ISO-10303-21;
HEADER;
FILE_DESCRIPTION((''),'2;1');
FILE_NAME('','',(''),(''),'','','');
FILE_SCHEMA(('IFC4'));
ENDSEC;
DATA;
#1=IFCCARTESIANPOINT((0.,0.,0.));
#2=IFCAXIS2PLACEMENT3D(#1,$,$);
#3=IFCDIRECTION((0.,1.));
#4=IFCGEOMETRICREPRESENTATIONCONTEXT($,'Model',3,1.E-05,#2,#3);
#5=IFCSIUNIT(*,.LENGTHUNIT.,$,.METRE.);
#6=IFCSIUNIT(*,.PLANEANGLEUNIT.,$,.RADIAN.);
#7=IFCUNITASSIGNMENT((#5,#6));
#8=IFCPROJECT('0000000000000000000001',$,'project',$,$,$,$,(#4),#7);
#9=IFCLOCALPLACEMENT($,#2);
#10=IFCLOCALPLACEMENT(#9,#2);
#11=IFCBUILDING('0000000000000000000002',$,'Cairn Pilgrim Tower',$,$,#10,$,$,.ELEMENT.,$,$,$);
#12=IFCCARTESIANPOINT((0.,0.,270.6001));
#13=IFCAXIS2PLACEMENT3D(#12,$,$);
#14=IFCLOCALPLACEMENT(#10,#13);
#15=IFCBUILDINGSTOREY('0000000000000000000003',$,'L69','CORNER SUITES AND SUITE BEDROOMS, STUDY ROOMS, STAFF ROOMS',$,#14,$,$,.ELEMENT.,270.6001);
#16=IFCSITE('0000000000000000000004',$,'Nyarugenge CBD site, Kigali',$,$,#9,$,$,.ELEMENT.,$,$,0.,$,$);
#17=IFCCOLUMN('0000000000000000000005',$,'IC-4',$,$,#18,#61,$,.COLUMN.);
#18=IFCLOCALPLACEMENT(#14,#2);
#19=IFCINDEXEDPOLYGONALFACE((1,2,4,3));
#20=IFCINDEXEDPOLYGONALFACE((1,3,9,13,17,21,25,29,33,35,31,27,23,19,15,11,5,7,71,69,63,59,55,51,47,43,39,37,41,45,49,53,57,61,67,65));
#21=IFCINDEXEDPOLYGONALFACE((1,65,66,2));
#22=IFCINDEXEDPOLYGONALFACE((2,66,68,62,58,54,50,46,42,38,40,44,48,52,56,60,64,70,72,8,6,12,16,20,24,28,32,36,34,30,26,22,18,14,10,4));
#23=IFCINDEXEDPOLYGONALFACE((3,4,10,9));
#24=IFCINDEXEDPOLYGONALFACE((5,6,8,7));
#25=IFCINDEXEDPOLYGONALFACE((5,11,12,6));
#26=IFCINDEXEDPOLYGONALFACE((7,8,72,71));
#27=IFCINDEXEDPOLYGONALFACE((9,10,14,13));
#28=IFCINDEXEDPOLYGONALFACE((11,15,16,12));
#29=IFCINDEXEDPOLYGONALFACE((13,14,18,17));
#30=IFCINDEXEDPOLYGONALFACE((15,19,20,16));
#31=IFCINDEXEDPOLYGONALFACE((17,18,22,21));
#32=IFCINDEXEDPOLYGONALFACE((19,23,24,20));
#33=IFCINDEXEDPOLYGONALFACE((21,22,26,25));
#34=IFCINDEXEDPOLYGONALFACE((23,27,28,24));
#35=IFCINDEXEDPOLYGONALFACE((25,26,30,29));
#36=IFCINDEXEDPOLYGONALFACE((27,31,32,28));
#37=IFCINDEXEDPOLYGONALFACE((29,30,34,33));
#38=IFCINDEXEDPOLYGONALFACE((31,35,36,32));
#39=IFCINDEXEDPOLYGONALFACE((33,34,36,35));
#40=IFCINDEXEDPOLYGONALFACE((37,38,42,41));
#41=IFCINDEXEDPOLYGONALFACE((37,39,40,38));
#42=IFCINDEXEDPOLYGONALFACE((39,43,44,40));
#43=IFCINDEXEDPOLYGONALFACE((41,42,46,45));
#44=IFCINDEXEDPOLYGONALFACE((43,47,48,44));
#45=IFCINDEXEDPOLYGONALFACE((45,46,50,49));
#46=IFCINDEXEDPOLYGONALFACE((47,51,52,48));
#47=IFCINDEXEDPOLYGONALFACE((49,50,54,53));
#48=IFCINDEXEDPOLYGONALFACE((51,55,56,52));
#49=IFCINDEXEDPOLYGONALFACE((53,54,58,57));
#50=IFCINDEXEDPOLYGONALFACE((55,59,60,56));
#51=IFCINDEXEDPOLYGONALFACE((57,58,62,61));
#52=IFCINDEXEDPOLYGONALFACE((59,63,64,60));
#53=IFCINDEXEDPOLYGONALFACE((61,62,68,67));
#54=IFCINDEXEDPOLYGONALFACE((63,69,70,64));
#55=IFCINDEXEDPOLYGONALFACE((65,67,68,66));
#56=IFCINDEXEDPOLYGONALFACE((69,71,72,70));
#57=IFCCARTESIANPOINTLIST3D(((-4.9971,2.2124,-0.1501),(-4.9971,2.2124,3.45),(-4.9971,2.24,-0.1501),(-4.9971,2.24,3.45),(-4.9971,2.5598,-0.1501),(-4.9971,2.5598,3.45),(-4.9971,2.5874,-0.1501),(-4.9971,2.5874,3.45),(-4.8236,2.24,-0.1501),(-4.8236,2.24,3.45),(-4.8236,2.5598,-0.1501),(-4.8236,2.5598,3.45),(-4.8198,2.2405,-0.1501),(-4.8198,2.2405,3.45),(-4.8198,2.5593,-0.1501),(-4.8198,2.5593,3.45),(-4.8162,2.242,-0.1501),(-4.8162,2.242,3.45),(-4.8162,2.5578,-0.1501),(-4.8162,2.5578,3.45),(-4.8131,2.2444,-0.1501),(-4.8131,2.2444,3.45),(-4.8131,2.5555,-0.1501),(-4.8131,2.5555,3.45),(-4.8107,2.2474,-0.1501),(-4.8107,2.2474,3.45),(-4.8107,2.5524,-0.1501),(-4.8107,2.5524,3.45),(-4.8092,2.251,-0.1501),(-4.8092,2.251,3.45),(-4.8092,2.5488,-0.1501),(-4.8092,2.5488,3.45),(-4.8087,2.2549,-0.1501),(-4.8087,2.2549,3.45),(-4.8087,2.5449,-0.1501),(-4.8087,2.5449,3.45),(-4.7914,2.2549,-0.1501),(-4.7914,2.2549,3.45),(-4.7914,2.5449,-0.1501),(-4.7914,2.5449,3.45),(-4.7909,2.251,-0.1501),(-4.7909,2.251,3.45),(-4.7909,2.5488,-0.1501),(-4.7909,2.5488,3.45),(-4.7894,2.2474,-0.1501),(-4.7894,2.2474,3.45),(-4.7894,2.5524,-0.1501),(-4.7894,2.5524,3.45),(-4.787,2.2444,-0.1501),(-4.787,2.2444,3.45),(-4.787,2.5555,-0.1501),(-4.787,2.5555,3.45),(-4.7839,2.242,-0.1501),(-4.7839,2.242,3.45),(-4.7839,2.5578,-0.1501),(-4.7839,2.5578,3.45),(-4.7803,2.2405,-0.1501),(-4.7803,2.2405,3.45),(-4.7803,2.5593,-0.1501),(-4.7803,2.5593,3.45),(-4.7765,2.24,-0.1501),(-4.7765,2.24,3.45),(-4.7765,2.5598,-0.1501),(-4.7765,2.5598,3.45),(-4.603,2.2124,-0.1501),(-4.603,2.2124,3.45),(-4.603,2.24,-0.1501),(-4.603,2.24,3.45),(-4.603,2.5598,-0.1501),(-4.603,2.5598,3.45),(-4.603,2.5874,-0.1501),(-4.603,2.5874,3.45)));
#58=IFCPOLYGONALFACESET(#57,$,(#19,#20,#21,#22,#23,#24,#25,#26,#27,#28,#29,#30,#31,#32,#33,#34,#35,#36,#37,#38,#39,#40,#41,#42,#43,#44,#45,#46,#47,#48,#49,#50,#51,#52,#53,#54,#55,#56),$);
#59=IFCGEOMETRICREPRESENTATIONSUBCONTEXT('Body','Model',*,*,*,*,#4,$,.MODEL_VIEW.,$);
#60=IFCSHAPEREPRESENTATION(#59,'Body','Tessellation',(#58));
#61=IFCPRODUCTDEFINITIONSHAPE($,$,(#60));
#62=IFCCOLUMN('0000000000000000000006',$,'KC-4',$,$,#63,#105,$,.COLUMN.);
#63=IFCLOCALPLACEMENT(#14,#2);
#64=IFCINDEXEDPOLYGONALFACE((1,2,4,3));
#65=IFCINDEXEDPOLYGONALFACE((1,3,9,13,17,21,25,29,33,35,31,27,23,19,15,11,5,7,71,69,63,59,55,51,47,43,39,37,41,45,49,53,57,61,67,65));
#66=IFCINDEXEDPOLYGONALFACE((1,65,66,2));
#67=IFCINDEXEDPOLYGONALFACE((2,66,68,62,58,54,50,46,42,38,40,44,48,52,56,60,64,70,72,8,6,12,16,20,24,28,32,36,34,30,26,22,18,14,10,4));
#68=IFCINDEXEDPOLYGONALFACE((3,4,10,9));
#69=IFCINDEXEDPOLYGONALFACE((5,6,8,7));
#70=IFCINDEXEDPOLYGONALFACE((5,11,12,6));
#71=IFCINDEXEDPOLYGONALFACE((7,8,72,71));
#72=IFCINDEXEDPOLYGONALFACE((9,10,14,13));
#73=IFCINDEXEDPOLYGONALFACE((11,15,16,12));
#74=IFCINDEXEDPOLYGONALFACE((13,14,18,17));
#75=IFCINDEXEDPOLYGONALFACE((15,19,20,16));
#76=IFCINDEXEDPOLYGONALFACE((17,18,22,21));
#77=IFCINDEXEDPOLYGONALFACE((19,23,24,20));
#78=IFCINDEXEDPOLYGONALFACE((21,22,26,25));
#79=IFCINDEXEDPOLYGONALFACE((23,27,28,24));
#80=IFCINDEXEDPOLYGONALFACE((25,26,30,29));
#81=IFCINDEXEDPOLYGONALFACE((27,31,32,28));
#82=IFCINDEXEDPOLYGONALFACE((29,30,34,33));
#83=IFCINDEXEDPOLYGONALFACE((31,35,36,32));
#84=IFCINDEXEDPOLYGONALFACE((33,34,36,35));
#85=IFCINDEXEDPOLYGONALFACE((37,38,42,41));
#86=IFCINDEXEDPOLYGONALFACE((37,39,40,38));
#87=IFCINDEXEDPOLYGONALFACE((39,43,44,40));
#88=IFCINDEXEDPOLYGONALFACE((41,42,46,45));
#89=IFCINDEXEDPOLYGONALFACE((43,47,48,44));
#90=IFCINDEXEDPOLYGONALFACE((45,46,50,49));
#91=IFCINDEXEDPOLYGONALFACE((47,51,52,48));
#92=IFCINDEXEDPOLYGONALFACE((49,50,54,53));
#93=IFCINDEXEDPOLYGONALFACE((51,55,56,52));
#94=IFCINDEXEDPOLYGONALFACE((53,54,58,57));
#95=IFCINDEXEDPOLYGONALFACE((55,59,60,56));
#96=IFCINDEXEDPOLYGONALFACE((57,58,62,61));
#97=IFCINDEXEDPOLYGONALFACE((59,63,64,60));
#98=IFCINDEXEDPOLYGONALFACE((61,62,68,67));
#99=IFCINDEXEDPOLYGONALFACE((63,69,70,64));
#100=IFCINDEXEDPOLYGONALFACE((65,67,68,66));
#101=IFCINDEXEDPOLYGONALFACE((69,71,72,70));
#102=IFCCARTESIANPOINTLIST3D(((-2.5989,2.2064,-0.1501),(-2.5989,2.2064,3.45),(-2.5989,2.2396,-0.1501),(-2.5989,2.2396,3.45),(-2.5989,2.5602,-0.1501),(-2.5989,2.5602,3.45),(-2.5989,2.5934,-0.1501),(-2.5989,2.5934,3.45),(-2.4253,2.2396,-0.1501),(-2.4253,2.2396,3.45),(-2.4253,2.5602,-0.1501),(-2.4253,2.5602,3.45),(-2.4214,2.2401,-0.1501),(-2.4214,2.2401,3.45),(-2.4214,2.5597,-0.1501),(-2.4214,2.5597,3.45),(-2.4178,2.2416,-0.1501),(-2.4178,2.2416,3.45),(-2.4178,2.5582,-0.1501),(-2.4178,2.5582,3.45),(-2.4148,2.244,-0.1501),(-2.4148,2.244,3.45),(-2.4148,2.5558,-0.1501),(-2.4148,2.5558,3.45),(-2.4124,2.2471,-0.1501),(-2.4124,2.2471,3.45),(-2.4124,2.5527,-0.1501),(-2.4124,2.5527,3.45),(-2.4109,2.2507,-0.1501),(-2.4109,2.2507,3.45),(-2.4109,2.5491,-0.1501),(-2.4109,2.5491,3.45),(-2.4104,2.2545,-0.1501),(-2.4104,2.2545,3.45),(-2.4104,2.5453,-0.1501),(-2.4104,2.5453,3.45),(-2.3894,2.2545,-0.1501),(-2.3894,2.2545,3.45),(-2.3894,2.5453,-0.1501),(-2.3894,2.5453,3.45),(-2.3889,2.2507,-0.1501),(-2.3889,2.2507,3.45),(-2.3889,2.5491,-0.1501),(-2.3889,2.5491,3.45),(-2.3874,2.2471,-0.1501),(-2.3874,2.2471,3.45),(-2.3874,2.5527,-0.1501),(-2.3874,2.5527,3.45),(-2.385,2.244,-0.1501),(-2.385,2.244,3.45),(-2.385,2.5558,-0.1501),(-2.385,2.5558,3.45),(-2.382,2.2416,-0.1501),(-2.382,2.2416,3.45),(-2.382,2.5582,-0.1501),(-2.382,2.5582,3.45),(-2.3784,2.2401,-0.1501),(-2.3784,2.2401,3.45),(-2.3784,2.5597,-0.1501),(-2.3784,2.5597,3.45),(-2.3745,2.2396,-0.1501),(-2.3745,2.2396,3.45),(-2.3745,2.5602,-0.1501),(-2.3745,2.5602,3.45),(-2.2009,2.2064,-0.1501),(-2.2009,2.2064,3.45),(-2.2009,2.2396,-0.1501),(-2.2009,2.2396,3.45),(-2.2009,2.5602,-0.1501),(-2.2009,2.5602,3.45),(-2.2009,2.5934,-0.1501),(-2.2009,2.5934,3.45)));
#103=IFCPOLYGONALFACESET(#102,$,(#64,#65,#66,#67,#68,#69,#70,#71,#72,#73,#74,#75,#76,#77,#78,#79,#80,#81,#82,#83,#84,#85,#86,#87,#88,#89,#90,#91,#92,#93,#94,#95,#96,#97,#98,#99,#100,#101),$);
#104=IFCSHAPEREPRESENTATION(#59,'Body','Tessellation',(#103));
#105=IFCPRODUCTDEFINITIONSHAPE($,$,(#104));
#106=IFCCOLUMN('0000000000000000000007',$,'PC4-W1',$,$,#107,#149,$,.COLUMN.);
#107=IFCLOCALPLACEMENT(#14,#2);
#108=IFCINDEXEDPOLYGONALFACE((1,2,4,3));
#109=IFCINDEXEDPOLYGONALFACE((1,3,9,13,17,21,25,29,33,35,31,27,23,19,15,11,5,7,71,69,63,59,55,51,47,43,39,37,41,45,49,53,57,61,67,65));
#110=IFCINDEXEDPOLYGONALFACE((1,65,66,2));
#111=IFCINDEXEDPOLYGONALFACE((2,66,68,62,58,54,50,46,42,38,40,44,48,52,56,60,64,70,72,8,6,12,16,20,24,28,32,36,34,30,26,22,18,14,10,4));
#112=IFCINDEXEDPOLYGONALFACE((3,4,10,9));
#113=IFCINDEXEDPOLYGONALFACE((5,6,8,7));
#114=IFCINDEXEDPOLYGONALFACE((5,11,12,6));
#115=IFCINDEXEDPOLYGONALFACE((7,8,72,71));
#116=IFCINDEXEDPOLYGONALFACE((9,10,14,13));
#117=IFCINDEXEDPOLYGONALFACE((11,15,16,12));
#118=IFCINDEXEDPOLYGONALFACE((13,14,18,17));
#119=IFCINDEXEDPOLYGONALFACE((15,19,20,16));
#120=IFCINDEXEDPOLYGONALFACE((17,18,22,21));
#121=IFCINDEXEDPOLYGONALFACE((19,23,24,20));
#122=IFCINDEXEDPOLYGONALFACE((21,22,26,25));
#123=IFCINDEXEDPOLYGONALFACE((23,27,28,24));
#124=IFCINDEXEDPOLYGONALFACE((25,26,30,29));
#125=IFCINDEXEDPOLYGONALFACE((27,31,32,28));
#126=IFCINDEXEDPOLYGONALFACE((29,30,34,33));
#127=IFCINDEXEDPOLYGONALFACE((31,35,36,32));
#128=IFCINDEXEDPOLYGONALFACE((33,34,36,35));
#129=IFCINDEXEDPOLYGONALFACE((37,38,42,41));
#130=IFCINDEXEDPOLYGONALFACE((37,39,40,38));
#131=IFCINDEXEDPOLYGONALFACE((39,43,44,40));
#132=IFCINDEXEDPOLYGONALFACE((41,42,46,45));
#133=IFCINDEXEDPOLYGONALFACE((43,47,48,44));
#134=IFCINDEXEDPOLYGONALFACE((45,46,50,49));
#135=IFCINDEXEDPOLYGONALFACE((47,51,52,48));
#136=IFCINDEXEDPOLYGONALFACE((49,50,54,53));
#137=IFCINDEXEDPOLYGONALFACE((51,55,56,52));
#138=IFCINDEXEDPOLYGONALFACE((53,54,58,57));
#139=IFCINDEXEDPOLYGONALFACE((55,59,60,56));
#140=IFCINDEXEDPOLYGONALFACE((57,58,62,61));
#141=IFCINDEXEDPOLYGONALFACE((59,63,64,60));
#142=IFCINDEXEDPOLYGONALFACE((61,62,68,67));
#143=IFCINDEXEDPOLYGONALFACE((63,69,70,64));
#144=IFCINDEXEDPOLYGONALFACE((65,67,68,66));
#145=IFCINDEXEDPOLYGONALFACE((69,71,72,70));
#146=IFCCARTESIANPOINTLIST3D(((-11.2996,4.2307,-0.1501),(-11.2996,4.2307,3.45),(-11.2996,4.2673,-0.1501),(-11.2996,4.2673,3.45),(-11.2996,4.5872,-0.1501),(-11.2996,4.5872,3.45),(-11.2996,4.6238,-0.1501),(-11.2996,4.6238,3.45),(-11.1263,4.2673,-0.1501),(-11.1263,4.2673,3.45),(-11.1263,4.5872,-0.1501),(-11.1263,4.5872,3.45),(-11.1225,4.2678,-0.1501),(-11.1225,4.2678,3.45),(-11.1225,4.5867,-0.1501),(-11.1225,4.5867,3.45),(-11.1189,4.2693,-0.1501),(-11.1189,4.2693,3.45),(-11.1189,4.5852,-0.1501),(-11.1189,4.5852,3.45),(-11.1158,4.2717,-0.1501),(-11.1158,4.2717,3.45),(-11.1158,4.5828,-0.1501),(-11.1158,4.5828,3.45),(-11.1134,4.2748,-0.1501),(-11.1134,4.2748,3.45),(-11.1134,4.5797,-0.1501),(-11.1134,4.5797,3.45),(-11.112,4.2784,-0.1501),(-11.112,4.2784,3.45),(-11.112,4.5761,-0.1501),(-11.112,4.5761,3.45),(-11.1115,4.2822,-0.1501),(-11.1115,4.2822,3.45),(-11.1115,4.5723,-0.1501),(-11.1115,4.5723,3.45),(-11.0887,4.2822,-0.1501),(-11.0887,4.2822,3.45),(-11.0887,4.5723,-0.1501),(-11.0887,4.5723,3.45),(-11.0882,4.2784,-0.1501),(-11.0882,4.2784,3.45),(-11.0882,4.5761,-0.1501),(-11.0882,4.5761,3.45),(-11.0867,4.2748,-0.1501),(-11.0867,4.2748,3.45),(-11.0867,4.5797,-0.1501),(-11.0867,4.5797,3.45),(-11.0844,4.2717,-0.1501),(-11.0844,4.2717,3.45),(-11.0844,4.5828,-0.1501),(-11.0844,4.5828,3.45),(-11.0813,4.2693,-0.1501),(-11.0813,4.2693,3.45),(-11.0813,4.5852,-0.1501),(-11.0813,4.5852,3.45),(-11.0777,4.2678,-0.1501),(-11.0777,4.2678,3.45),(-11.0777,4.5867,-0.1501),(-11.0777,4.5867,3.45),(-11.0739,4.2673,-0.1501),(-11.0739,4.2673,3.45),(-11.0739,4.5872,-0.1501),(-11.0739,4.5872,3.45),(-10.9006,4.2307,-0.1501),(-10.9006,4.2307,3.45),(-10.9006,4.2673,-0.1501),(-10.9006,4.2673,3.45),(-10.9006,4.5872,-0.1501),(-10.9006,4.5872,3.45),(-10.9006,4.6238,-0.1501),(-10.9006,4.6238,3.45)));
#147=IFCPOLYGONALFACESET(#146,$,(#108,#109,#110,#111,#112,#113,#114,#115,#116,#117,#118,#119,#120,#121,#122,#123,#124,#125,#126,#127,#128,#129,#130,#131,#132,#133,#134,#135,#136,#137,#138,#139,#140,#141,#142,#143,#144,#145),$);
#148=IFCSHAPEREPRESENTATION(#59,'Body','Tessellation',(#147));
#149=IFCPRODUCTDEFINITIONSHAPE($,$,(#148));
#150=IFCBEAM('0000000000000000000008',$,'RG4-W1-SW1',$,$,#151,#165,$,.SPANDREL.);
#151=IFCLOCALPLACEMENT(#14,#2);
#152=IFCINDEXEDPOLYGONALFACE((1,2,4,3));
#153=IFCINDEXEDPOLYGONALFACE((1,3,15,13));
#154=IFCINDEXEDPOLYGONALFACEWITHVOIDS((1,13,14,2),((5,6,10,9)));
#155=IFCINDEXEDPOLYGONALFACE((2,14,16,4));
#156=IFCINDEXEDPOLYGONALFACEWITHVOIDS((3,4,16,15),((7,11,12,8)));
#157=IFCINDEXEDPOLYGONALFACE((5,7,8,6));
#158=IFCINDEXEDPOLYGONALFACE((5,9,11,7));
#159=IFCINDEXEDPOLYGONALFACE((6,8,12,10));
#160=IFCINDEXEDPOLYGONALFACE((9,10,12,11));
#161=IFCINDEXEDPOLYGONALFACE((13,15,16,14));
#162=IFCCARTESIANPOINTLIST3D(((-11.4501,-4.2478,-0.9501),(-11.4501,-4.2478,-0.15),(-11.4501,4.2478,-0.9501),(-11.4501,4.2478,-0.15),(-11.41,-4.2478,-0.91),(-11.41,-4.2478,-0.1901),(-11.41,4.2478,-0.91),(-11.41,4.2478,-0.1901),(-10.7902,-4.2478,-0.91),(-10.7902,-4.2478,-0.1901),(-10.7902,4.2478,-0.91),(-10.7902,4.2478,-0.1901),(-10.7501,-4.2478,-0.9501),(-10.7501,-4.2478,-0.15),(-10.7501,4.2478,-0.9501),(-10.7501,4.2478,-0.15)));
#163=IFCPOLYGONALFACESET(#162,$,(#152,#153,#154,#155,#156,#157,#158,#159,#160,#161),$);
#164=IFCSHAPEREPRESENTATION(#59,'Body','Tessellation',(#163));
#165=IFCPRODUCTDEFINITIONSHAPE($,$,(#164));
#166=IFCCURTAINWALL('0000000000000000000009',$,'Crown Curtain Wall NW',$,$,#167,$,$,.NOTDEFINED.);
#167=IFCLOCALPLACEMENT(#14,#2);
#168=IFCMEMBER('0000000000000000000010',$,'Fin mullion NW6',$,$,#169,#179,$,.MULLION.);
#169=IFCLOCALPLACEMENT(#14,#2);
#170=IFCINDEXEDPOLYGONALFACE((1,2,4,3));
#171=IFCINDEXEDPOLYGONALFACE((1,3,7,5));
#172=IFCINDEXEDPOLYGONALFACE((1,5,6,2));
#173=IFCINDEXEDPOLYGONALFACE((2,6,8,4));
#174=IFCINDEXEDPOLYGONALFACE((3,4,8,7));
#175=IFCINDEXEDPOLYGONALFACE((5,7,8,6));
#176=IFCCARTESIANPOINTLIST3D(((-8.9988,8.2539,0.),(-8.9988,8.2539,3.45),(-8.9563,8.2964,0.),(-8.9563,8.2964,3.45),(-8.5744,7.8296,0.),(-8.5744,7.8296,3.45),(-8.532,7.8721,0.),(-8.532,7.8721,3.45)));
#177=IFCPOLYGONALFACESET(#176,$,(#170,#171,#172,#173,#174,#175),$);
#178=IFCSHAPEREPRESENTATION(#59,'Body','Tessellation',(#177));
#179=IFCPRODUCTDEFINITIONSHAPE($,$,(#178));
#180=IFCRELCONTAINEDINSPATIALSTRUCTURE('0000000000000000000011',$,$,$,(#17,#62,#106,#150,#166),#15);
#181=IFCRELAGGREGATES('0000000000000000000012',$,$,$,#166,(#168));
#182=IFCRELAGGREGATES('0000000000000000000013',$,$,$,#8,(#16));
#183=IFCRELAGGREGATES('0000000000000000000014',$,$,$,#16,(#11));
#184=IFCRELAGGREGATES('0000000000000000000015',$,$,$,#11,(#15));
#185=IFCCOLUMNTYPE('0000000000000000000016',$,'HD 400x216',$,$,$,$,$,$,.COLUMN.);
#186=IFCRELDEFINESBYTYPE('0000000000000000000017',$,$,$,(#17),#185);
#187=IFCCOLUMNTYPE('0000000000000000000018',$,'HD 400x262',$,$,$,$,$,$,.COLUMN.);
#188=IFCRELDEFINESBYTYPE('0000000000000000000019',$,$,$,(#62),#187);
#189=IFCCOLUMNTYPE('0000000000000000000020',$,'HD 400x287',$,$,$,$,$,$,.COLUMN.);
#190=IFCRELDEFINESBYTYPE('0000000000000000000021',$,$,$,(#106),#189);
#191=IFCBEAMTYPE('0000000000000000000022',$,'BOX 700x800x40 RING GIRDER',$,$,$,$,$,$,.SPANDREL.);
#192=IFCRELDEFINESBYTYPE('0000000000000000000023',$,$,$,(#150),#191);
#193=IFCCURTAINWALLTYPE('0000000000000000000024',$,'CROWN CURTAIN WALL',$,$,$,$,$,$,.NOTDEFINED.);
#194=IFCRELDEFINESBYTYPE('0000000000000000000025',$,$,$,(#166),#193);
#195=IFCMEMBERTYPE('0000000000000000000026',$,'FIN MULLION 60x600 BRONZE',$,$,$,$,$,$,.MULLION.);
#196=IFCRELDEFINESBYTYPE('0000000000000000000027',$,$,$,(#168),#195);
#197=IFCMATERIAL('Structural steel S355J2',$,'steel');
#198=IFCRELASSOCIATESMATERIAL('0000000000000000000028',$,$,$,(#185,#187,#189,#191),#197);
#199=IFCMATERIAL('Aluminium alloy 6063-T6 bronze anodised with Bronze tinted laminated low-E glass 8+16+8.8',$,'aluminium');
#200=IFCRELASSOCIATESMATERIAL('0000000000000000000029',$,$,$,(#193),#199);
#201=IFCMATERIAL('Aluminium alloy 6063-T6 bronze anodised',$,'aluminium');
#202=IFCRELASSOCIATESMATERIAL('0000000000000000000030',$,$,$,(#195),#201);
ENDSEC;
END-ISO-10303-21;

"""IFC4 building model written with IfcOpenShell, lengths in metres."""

from ifc_helpers import new_model, si_unit, direction, frame, origin, origin_2d, place, context, subcontext, project, spatial, rectangle, hollow_rectangle, i_section, extrude, material, material_profile, profile_set, type_object, element, aggregate, save


model = new_model("IFC4")

# Units and contexts
model_context = context("Model", 3, precision=1e-05, world=origin(), true_north=direction((0.0, 1.0)))
body_context = subcontext(model_context, "Body", "Model", "MODEL_VIEW")
ifc_project = project(units=[si_unit("LENGTHUNIT", "METRE"), si_unit("PLANEANGLEUNIT", "RADIAN")], contexts=[model_context])

# Site, building, storey
site_placement = place(None, origin())
site = spatial("IfcSite", under=ifc_project, at=site_placement, Name="Nyarugenge CBD site, Kigali", CompositionType="ELEMENT", RefElevation=0.0)
building_placement = place(site_placement, origin())
building = spatial("IfcBuilding", under=site, at=building_placement, Name="Cairn Pilgrim Tower", CompositionType="ELEMENT")
storey_placement = place(building_placement, frame((0.0, 0.0, 270.6001)))
storey = spatial("IfcBuildingStorey", under=building, at=storey_placement, Name="L69", Description="CORNER SUITES AND SUITE BEDROOMS, STUDY ROOMS, STAFF ROOMS", CompositionType="ELEMENT", Elevation=270.6001)

# Columns
ifc_material_1 = material(Name="Structural steel S355J2", Category="steel")
ifc_material_profile_1 = material_profile(ifc_material_1, i_section(OverallWidth=0.394, OverallDepth=0.375, WebThickness=0.0173, FlangeThickness=0.0276, FilletRadius=0.0149, at=origin_2d()), Name="HD 400x216")
ifc_profile_set_1 = profile_set([ifc_material_profile_1], Name="Structural steel S355J2")
column_type_1 = type_object("IfcColumnType", Name="HD 400x216", PredefinedType="COLUMN", material=ifc_profile_set_1)
column_1_placement = place(storey_placement, frame((-4.8, 2.3999, -0.1501), z_axis=(0.0, 0.0, 1.0), x_axis=(1.0, 0.0, 0.0)))
element("IfcColumn", 1, at=column_1_placement, inside=storey, type_object=column_type_1, Name="IC-4", PredefinedType="COLUMN", context=body_context, shape_type="SweptSolid", body=[
    extrude(i_section(OverallWidth=0.394, OverallDepth=0.375, WebThickness=0.0173, FlangeThickness=0.0276, FilletRadius=0.0149, at=origin_2d()), origin(), (0.0, 0.0, 1.0), 3.6001),
])
ifc_material_profile_2 = material_profile(ifc_material_1, i_section(OverallWidth=0.3979, OverallDepth=0.387, WebThickness=0.021, FlangeThickness=0.0332, FilletRadius=0.0149, at=origin_2d()), Name="HD 400x262")
ifc_profile_set_2 = profile_set([ifc_material_profile_2], Name="Structural steel S355J2")
column_type_2 = type_object("IfcColumnType", Name="HD 400x262", PredefinedType="COLUMN", material=ifc_profile_set_2)
column_2_placement = place(storey_placement, frame((-2.3999, 2.3999, -0.1501), z_axis=(0.0, 0.0, 1.0), x_axis=(1.0, 0.0, 0.0)))
element("IfcColumn", 2, at=column_2_placement, inside=storey, type_object=column_type_2, Name="KC-4", PredefinedType="COLUMN", context=body_context, shape_type="SweptSolid", body=[
    extrude(i_section(OverallWidth=0.3979, OverallDepth=0.387, WebThickness=0.021, FlangeThickness=0.0332, FilletRadius=0.0149, at=origin_2d()), origin(), (0.0, 0.0, 1.0), 3.6001),
])
ifc_material_profile_3 = material_profile(ifc_material_1, i_section(OverallWidth=0.3989, OverallDepth=0.3931, WebThickness=0.0227, FlangeThickness=0.0366, FilletRadius=0.0149, at=origin_2d()), Name="HD 400x287")
ifc_profile_set_3 = profile_set([ifc_material_profile_3], Name="Structural steel S355J2")
column_type_3 = type_object("IfcColumnType", Name="HD 400x287", PredefinedType="COLUMN", material=ifc_profile_set_3)
column_3_placement = place(storey_placement, frame((-11.1001, 4.4272, -0.1501), z_axis=(0.0, 0.0, 1.0), x_axis=(1.0, 0.0, 0.0)))
element("IfcColumn", 3, at=column_3_placement, inside=storey, type_object=column_type_3, Name="PC4-W1", PredefinedType="COLUMN", context=body_context, shape_type="SweptSolid", body=[
    extrude(i_section(OverallWidth=0.3989, OverallDepth=0.3931, WebThickness=0.0227, FlangeThickness=0.0366, FilletRadius=0.0149, at=origin_2d()), origin(), (0.0, 0.0, 1.0), 3.6001),
])

# Beam
ifc_material_profile_4 = material_profile(ifc_material_1, hollow_rectangle(XDim=0.7, YDim=0.8, WallThickness=0.04, at=origin_2d()), Name="BOX 700x800x40")
ifc_profile_set_4 = profile_set([ifc_material_profile_4], Name="Structural steel S355J2")
beam_type_1 = type_object("IfcBeamType", Name="BOX 700x800x40 RING GIRDER", PredefinedType="SPANDREL", material=ifc_profile_set_4)
beam_1_placement = place(storey_placement, frame((-11.1001, 4.2478, -0.55), z_axis=(0.0, -1.0, 0.0), x_axis=(1.0, 0.0, 0.0)))
element("IfcBeam", 4, at=beam_1_placement, inside=storey, type_object=beam_type_1, Name="RG4-W1-SW1", PredefinedType="SPANDREL", context=body_context, shape_type="SweptSolid", body=[
    extrude(hollow_rectangle(XDim=0.7, YDim=0.8, WallThickness=0.04, at=origin_2d()), origin(), (0.0, 0.0, 1.0), 8.4956),
])

# Curtain wall, member
ifc_material_2 = material(Name="Aluminium alloy 6063-T6 bronze anodised with Bronze tinted laminated low-E glass 8+16+8.8", Category="aluminium")
curtain_wall_type = type_object("IfcCurtainWallType", Name="CROWN CURTAIN WALL", PredefinedType="NOTDEFINED", material=ifc_material_2)
curtain_wall_1_placement = place(storey_placement, origin())
curtain_wall_1 = element("IfcCurtainWall", 5, at=curtain_wall_1_placement, inside=storey, type_object=curtain_wall_type, Name="Crown Curtain Wall NW", PredefinedType="NOTDEFINED")
ifc_material_3 = material(Name="Aluminium alloy 6063-T6 bronze anodised", Category="aluminium")
ifc_material_profile_5 = material_profile(ifc_material_3, rectangle(XDim=0.6001, YDim=0.0601, at=origin_2d()), Name="FIN MULLION 60x600 BRONZE")
ifc_profile_set_5 = profile_set([ifc_material_profile_5], Name="Aluminium alloy 6063-T6 bronze anodised")
member_type_1 = type_object("IfcMemberType", Name="FIN MULLION 60x600 BRONZE", PredefinedType="MULLION", material=ifc_profile_set_5)
member_1_placement = place(storey_placement, frame((-8.7654, 8.063, 0.0), z_axis=(0.0, 0.0, 1.0), x_axis=(-0.707107, 0.707107, 0.0)))
member_1 = element("IfcMember", 6, at=member_1_placement, type_object=member_type_1, Name="Fin mullion NW6", PredefinedType="MULLION", context=body_context, shape_type="SweptSolid", body=[
    extrude(rectangle(XDim=0.6001, YDim=0.0601, at=origin_2d()), origin(), (0.0, 0.0, 1.0), 3.45),
])

aggregate(curtain_wall_1, [member_1])

save(model, "model.ifc")
